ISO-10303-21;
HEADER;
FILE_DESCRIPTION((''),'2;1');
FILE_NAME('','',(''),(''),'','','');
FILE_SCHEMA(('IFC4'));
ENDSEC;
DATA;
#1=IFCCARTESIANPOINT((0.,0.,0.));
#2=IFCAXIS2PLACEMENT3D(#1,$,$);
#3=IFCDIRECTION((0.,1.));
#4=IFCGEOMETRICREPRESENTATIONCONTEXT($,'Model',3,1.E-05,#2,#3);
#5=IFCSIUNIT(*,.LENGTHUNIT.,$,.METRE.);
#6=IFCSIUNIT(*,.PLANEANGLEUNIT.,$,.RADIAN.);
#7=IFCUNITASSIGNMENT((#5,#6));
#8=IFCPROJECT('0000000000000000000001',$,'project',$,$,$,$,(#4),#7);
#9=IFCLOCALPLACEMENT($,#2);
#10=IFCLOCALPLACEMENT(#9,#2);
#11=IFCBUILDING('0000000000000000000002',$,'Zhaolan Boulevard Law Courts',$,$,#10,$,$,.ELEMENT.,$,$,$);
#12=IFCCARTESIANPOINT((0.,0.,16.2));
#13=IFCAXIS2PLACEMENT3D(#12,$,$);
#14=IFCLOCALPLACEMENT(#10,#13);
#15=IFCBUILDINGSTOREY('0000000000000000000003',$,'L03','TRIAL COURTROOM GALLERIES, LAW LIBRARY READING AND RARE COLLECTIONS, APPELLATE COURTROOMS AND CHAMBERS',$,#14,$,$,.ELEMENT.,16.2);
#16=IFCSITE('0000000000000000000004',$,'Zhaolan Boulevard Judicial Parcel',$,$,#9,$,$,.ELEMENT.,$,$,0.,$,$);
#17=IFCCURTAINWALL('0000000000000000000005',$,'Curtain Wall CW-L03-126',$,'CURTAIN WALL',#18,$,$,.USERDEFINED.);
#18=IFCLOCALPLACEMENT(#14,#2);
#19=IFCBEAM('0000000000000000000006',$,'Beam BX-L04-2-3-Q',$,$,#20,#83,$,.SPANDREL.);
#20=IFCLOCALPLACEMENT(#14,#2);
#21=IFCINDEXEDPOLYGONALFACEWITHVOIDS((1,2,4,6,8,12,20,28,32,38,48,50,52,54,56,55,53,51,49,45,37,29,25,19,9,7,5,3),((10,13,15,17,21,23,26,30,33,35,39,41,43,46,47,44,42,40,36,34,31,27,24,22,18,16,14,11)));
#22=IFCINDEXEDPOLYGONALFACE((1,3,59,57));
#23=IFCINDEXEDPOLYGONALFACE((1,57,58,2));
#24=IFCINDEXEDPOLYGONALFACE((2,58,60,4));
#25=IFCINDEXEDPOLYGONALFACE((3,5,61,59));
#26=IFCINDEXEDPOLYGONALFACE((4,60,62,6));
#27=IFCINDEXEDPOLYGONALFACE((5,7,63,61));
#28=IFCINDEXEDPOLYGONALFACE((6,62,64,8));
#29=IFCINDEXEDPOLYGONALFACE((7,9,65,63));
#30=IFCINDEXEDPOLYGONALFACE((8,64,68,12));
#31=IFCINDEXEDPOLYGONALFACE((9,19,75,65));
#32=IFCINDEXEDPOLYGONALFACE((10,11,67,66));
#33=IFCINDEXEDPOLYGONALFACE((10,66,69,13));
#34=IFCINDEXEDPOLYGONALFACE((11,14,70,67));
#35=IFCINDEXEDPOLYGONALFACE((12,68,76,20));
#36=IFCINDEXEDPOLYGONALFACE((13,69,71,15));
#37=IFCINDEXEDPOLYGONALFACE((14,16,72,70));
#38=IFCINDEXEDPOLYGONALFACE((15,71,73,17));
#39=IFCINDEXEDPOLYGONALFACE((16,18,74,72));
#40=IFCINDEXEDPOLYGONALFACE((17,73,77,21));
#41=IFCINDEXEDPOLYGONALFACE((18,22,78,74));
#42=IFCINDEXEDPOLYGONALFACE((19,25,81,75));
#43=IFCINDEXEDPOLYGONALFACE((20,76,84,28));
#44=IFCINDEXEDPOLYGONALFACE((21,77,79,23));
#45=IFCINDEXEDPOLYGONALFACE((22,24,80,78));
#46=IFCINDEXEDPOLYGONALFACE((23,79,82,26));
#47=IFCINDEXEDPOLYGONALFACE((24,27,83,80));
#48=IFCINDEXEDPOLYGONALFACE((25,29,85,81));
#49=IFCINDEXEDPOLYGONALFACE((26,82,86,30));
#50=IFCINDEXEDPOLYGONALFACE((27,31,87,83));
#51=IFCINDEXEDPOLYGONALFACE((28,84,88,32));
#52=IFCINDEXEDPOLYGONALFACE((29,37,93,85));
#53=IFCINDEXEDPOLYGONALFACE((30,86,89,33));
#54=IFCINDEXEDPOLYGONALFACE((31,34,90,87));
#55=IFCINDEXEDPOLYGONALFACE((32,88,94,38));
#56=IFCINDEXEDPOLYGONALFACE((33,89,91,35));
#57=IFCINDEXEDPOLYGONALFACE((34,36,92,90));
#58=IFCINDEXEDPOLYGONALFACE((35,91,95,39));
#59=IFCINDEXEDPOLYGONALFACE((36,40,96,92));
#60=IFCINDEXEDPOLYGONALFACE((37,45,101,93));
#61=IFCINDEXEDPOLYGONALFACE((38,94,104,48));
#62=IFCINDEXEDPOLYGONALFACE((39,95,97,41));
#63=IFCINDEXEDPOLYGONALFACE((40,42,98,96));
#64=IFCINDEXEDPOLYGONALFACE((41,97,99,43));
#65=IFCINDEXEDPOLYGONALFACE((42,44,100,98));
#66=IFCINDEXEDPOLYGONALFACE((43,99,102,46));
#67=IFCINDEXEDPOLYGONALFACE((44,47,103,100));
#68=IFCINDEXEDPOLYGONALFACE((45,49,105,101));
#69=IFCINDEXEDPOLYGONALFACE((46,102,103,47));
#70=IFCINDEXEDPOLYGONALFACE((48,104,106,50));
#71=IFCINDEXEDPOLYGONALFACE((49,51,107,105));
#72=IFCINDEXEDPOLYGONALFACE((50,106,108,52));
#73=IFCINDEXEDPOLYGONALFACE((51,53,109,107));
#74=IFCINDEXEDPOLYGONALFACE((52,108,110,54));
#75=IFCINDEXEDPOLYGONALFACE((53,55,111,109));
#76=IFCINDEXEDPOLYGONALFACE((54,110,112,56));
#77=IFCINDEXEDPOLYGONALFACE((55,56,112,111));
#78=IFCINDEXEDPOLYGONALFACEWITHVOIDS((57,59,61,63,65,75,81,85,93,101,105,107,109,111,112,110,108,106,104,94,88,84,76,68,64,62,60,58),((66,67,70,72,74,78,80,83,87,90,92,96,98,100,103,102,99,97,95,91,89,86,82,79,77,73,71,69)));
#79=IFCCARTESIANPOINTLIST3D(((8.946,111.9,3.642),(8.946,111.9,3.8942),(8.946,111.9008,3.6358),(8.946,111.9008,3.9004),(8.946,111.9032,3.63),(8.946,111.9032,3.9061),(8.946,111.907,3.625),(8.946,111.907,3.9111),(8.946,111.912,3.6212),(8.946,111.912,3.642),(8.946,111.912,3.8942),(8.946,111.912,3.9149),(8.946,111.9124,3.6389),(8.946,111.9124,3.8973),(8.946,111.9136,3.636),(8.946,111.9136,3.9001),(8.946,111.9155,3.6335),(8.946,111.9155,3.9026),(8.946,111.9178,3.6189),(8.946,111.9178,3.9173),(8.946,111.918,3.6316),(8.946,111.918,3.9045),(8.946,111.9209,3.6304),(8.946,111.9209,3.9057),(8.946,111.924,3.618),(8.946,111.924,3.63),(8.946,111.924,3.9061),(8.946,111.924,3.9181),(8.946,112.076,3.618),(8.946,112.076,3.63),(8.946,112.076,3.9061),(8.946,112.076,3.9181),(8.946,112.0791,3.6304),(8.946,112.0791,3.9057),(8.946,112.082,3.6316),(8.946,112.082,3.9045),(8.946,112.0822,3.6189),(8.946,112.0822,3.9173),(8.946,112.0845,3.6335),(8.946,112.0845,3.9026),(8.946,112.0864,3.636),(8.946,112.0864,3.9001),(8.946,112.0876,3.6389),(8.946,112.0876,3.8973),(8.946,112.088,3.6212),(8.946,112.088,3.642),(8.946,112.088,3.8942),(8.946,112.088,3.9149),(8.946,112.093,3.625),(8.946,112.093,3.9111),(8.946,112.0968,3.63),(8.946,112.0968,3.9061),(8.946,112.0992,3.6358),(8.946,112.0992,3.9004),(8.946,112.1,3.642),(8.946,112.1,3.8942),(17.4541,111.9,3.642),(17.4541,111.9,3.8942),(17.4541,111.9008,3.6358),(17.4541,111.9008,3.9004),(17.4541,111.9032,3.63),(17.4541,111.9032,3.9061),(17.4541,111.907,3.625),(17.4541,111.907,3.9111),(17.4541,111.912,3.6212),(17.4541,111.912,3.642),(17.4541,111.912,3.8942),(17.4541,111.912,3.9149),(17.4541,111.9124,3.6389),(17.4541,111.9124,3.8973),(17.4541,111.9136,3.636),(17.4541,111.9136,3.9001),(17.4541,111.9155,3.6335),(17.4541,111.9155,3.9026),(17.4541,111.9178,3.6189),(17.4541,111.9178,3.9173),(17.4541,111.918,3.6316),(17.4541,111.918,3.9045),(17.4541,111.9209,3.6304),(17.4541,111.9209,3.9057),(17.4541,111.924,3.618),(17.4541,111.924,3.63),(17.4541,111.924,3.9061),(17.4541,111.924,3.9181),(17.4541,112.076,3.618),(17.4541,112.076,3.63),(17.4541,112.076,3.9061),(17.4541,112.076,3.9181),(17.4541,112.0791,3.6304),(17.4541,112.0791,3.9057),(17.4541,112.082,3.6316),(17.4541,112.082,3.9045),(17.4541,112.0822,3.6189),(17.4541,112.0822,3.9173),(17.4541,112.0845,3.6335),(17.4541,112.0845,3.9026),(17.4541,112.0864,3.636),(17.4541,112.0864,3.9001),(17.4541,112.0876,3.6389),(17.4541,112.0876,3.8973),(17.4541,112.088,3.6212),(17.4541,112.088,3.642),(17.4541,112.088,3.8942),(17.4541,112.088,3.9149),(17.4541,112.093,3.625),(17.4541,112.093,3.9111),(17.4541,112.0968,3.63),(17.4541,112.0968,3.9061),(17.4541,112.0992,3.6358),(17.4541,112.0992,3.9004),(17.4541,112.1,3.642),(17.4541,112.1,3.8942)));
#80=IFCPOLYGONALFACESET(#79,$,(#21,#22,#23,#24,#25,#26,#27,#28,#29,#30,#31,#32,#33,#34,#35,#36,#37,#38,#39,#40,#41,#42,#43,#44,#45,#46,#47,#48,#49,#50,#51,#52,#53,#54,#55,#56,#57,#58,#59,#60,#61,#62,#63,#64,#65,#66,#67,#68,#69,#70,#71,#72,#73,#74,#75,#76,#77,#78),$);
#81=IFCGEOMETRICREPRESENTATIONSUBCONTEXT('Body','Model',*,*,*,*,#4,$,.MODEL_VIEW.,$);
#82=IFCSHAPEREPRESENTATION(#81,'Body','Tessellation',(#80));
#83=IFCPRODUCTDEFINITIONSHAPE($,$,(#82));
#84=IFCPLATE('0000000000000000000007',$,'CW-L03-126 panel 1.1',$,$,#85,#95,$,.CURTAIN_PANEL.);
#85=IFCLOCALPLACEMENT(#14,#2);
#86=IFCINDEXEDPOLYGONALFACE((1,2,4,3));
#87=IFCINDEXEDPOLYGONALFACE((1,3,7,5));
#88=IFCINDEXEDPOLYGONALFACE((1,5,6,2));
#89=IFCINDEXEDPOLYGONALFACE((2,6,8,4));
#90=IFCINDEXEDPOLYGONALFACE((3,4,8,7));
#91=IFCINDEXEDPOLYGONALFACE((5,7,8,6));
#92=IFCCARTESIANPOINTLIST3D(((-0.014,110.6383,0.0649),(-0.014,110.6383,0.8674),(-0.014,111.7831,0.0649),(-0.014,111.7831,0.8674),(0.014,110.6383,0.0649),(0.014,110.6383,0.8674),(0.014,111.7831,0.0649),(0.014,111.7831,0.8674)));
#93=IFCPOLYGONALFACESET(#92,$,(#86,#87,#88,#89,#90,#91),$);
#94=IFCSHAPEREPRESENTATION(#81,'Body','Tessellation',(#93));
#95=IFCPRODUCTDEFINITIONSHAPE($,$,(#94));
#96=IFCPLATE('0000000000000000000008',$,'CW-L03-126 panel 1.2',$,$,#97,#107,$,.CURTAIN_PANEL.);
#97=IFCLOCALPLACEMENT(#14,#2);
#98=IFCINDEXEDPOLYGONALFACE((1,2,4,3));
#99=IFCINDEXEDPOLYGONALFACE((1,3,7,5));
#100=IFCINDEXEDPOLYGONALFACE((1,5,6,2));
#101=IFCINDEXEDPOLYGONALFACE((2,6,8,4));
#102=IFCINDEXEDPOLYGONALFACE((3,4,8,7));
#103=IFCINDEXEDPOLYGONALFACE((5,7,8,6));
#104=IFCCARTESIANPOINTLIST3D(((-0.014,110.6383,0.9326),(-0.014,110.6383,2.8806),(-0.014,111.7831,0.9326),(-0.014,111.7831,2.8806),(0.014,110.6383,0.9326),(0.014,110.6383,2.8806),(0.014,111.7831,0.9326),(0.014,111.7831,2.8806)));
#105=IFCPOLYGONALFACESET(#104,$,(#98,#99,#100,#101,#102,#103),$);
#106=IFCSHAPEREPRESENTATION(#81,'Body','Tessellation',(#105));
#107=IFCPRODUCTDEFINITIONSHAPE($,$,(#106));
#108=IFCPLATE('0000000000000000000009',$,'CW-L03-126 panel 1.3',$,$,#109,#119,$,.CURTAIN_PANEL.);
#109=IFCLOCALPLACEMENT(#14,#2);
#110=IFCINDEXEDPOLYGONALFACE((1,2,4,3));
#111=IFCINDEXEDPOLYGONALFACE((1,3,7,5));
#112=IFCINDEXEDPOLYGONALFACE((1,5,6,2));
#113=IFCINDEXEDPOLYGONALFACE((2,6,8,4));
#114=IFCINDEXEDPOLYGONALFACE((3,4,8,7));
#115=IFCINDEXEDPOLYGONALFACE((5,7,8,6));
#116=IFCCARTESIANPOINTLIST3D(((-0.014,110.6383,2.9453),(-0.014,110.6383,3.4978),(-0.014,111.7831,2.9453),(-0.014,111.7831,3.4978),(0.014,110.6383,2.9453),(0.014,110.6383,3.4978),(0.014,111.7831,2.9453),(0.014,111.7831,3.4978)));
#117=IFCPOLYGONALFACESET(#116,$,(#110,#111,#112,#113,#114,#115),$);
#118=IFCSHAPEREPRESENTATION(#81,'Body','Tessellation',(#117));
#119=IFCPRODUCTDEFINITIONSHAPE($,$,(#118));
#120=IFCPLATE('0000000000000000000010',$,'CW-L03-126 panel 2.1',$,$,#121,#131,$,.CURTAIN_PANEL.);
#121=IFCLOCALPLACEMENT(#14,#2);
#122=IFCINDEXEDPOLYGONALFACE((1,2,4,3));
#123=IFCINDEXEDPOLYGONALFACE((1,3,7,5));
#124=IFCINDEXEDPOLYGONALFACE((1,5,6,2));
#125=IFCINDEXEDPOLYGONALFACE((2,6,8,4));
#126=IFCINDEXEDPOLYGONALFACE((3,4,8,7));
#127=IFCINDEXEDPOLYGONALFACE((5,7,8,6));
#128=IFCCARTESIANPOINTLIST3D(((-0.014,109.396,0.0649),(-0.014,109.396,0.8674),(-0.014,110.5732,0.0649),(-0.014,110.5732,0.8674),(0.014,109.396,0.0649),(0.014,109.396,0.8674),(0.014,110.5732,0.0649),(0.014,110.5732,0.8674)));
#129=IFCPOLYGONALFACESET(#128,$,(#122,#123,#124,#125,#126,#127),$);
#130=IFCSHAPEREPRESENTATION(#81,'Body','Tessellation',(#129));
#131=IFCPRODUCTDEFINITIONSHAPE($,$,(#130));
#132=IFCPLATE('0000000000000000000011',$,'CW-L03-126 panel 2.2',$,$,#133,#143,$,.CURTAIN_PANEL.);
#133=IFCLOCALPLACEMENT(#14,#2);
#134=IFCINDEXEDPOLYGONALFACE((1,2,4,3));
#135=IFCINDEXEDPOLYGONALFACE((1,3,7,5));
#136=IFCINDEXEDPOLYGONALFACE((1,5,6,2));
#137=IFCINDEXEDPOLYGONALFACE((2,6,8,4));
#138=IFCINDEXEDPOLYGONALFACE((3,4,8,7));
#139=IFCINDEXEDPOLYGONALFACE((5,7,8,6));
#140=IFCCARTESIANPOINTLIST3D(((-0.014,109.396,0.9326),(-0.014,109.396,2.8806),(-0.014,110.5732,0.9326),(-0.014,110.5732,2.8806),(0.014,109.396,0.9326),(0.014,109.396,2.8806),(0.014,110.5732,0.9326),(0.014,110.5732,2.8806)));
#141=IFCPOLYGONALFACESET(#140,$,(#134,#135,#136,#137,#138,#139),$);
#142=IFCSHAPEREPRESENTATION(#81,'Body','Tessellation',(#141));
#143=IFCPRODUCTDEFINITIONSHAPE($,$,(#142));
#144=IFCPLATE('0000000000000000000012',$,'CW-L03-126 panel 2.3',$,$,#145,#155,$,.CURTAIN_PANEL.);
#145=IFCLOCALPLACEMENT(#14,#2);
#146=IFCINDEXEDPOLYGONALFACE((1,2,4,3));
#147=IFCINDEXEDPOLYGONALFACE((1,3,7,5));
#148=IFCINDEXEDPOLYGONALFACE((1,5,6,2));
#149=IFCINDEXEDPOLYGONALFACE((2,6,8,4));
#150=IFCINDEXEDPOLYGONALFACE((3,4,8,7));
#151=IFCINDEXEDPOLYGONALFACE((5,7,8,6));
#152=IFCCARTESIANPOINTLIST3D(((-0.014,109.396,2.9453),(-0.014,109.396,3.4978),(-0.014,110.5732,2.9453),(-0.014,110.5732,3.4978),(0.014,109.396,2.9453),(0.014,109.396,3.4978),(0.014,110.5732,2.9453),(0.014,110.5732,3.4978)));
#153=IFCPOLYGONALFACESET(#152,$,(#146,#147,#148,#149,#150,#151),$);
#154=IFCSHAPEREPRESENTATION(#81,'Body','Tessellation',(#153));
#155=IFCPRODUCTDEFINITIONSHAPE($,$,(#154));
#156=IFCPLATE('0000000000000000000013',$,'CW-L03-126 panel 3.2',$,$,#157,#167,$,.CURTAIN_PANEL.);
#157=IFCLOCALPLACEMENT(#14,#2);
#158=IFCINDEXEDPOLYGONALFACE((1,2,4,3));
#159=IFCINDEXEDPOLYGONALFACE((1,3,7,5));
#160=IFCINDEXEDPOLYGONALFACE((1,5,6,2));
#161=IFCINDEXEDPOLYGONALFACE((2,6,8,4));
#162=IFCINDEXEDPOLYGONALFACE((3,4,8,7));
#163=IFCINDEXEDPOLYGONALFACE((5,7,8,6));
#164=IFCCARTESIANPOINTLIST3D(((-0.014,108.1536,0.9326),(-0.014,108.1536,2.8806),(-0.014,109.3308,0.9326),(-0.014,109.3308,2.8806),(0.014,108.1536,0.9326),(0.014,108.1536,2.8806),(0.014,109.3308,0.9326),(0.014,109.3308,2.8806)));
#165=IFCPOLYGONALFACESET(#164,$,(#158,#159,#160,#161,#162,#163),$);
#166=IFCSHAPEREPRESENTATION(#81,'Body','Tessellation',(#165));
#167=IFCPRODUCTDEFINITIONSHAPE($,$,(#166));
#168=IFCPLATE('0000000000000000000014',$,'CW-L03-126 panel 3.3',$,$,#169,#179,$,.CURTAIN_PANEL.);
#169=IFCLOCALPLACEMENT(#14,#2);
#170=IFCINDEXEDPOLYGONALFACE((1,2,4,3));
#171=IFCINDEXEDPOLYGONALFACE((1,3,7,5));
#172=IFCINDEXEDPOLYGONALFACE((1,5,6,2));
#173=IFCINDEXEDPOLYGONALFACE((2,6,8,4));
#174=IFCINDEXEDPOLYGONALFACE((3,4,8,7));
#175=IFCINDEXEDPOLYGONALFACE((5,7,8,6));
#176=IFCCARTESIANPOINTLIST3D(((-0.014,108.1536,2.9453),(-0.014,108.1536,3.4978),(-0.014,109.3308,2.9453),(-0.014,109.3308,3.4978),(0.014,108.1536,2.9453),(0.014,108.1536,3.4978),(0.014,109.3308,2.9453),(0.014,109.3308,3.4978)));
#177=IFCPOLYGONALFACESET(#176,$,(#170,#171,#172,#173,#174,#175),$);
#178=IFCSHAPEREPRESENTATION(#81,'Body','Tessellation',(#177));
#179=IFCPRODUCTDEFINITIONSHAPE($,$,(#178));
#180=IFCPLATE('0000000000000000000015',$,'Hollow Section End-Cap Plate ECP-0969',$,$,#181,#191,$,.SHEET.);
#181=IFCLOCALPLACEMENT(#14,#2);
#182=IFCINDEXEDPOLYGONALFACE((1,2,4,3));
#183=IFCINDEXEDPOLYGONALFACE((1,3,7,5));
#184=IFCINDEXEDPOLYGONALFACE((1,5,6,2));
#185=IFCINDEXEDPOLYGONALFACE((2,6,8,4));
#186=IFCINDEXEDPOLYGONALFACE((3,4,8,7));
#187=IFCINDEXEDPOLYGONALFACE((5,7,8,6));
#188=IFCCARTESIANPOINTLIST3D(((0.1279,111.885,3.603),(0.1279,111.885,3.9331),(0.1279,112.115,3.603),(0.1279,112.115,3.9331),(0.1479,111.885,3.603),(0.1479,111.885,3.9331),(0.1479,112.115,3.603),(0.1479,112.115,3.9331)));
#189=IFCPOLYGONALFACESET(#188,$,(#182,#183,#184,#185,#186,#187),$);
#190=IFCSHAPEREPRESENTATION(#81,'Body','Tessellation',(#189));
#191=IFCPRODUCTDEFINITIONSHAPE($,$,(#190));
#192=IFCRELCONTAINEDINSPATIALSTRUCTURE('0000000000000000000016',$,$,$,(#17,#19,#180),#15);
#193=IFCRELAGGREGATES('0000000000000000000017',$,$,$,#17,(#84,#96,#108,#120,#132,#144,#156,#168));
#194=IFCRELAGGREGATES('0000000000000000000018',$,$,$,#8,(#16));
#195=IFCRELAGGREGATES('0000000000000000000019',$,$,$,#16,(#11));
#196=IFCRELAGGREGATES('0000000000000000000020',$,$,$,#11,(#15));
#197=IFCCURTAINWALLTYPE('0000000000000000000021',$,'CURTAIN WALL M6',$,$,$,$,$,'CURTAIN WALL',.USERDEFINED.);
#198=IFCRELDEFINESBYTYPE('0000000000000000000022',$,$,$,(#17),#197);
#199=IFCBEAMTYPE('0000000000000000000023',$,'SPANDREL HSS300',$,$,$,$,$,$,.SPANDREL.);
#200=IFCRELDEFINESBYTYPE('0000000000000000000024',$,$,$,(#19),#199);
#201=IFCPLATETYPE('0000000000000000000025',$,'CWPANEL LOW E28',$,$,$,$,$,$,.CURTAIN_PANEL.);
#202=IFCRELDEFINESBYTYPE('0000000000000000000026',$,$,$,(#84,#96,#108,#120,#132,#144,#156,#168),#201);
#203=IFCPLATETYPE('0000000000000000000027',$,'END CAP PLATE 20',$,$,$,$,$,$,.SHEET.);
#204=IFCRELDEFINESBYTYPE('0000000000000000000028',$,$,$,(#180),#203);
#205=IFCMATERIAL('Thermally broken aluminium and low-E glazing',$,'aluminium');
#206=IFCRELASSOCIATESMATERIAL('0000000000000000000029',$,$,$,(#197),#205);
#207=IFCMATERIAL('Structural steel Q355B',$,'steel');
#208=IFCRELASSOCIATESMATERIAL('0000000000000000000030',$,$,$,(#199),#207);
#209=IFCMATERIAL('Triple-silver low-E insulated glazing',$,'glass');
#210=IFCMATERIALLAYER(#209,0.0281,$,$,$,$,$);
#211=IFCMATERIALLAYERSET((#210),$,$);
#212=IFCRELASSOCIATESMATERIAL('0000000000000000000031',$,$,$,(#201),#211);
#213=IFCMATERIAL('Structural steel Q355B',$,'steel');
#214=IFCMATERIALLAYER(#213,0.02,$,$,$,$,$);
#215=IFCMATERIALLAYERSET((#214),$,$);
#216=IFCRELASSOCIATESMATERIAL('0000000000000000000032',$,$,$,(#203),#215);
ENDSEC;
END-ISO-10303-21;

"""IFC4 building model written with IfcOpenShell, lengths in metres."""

from ifc_helpers import new_model, si_unit, direction, frame, origin, origin_2d, place, context, subcontext, project, spatial, rectangle, hollow_rectangle, extrude, material, layer, layer_set, material_profile, profile_set, type_object, element, aggregate, save


model = new_model("IFC4")

# Units and contexts
model_context = context("Model", 3, precision=1e-05, world=origin(), true_north=direction((0.0, 1.0)))
body_context = subcontext(model_context, "Body", "Model", "MODEL_VIEW")
ifc_project = project(units=[si_unit("LENGTHUNIT", "METRE"), si_unit("PLANEANGLEUNIT", "RADIAN")], contexts=[model_context])

# Site, building, storey
site_placement = place(None, origin())
site = spatial("IfcSite", under=ifc_project, at=site_placement, Name="Zhaolan Boulevard Judicial Parcel", CompositionType="ELEMENT", RefElevation=0.0)
building_placement = place(site_placement, origin())
building = spatial("IfcBuilding", under=site, at=building_placement, Name="Zhaolan Boulevard Law Courts", CompositionType="ELEMENT")
storey_placement = place(building_placement, frame((0.0, 0.0, 16.2)))
storey = spatial("IfcBuildingStorey", under=building, at=storey_placement, Name="L03", Description="TRIAL COURTROOM GALLERIES, LAW LIBRARY READING AND RARE COLLECTIONS, APPELLATE COURTROOMS AND CHAMBERS", CompositionType="ELEMENT", Elevation=16.2)

# Curtain wall
ifc_material_1 = material(Name="Thermally broken aluminium and low-E glazing", Category="aluminium")
curtain_wall_type = type_object("IfcCurtainWallType", Name="CURTAIN WALL M6", ElementType="CURTAIN WALL", PredefinedType="USERDEFINED", material=ifc_material_1)
curtain_wall_placement = place(storey_placement, origin())
curtain_wall = element("IfcCurtainWall", 1, at=curtain_wall_placement, inside=storey, type_object=curtain_wall_type, Name="Curtain Wall CW-L03-126", ObjectType="CURTAIN WALL", PredefinedType="USERDEFINED")

# Beam
ifc_material_2 = material(Name="Structural steel Q355B", Category="steel")
ifc_material_profile_1 = material_profile(ifc_material_2, hollow_rectangle(XDim=0.2, YDim=0.3, WallThickness=0.012, InnerFilletRadius=0.012, OuterFilletRadius=0.0239, at=origin_2d()), Name="HSS300x200x12")
ifc_profile_set_1 = profile_set([ifc_material_profile_1], Name="Structural steel Q355B")
beam_type = type_object("IfcBeamType", Name="SPANDREL HSS300", PredefinedType="SPANDREL", material=ifc_profile_set_1)
for number, where, z_axis, x_axis, name in (
    (2, (8.946, 112.0, 3.7681), (1.0, 0.0, 0.0), (0.0, 1.0, 0.0), "Beam BX-L04-2-3-Q"),
):
    element("IfcBeam", number, at=place(storey_placement, frame(where, z_axis=z_axis, x_axis=x_axis)), inside=storey, type_object=beam_type, Name=name, PredefinedType="SPANDREL", context=body_context, shape_type="SweptSolid", body=[
        extrude(hollow_rectangle(XDim=0.2, YDim=0.3, WallThickness=0.012, InnerFilletRadius=0.012, OuterFilletRadius=0.0239, at=origin_2d()), origin(), (0.0, 0.0, 1.0), 8.5081),
    ])

# Plates
ifc_material_3 = material(Name="Triple-silver low-E insulated glazing", Category="glass")
ifc_layer_1 = layer(ifc_material_3, 0.0281)
ifc_layer_set_1 = layer_set([ifc_layer_1])
plate_type_1 = type_object("IfcPlateType", Name="CWPANEL LOW E28", PredefinedType="CURTAIN_PANEL", material=ifc_layer_set_1)
plate_1_placement = place(storey_placement, frame((0.0, 111.2107, 0.0649), z_axis=(0.0, 0.0, 1.0), x_axis=(0.0, -1.0, 0.0)))
plate_1 = element("IfcPlate", 3, at=plate_1_placement, type_object=plate_type_1, Name="CW-L03-126 panel 1.1", PredefinedType="CURTAIN_PANEL", context=body_context, shape_type="SweptSolid", body=[
    extrude(rectangle(XDim=1.1448, YDim=0.0281, at=origin_2d()), origin(), (0.0, 0.0, 1.0), 0.8025),
])
plate_2_placement = place(storey_placement, frame((0.0, 111.2107, 0.9326), z_axis=(0.0, 0.0, 1.0), x_axis=(0.0, -1.0, 0.0)))
plate_2 = element("IfcPlate", 4, at=plate_2_placement, type_object=plate_type_1, Name="CW-L03-126 panel 1.2", PredefinedType="CURTAIN_PANEL", context=body_context, shape_type="SweptSolid", body=[
    extrude(rectangle(XDim=1.1448, YDim=0.0281, at=origin_2d()), origin(), (0.0, 0.0, 1.0), 1.948),
])
plate_3_placement = place(storey_placement, frame((0.0, 111.2107, 2.9453), z_axis=(0.0, 0.0, 1.0), x_axis=(0.0, -1.0, 0.0)))
plate_3 = element("IfcPlate", 5, at=plate_3_placement, type_object=plate_type_1, Name="CW-L03-126 panel 1.3", PredefinedType="CURTAIN_PANEL", context=body_context, shape_type="SweptSolid", body=[
    extrude(rectangle(XDim=1.1448, YDim=0.0281, at=origin_2d()), origin(), (0.0, 0.0, 1.0), 0.5525),
])
plate_4_placement = place(storey_placement, frame((0.0, 109.9846, 0.0649), z_axis=(0.0, 0.0, 1.0), x_axis=(0.0, -1.0, 0.0)))
plate_4 = element("IfcPlate", 6, at=plate_4_placement, type_object=plate_type_1, Name="CW-L03-126 panel 2.1", PredefinedType="CURTAIN_PANEL", context=body_context, shape_type="SweptSolid", body=[
    extrude(rectangle(XDim=1.1772, YDim=0.0281, at=origin_2d()), origin(), (0.0, 0.0, 1.0), 0.8025),
])
plate_5_placement = place(storey_placement, frame((0.0, 109.9846, 0.9326), z_axis=(0.0, 0.0, 1.0), x_axis=(0.0, -1.0, 0.0)))
plate_5 = element("IfcPlate", 7, at=plate_5_placement, type_object=plate_type_1, Name="CW-L03-126 panel 2.2", PredefinedType="CURTAIN_PANEL", context=body_context, shape_type="SweptSolid", body=[
    extrude(rectangle(XDim=1.1772, YDim=0.0281, at=origin_2d()), origin(), (0.0, 0.0, 1.0), 1.948),
])
plate_6_placement = place(storey_placement, frame((0.0, 109.9846, 2.9453), z_axis=(0.0, 0.0, 1.0), x_axis=(0.0, -1.0, 0.0)))
plate_6 = element("IfcPlate", 8, at=plate_6_placement, type_object=plate_type_1, Name="CW-L03-126 panel 2.3", PredefinedType="CURTAIN_PANEL", context=body_context, shape_type="SweptSolid", body=[
    extrude(rectangle(XDim=1.1772, YDim=0.0281, at=origin_2d()), origin(), (0.0, 0.0, 1.0), 0.5525),
])
plate_7_placement = place(storey_placement, frame((0.0, 108.7422, 0.9326), z_axis=(0.0, 0.0, 1.0), x_axis=(0.0, -1.0, 0.0)))
plate_7 = element("IfcPlate", 9, at=plate_7_placement, type_object=plate_type_1, Name="CW-L03-126 panel 3.2", PredefinedType="CURTAIN_PANEL", context=body_context, shape_type="SweptSolid", body=[
    extrude(rectangle(XDim=1.1772, YDim=0.0281, at=origin_2d()), origin(), (0.0, 0.0, 1.0), 1.948),
])
plate_8_placement = place(storey_placement, frame((0.0, 108.7422, 2.9453), z_axis=(0.0, 0.0, 1.0), x_axis=(0.0, -1.0, 0.0)))
plate_8 = element("IfcPlate", 10, at=plate_8_placement, type_object=plate_type_1, Name="CW-L03-126 panel 3.3", PredefinedType="CURTAIN_PANEL", context=body_context, shape_type="SweptSolid", body=[
    extrude(rectangle(XDim=1.1772, YDim=0.0281, at=origin_2d()), origin(), (0.0, 0.0, 1.0), 0.5525),
])
aggregate(curtain_wall, [plate_1, plate_2, plate_3, plate_4, plate_5, plate_6, plate_7, plate_8])

# Plate
ifc_material_4 = material(Name="Structural steel Q355B", Category="steel")
ifc_layer_2 = layer(ifc_material_4, 0.02)
ifc_layer_set_2 = layer_set([ifc_layer_2])
plate_type_2 = type_object("IfcPlateType", Name="END CAP PLATE 20", PredefinedType="SHEET", material=ifc_layer_set_2)
for number, where, z_axis, x_axis, name in (
    (11, (0.1379, 112.0, 3.603), (0.0, 0.0, 1.0), (1.0, 0.0, 0.0), "Hollow Section End-Cap Plate ECP-0969"),
):
    element("IfcPlate", number, at=place(storey_placement, frame(where, z_axis=z_axis, x_axis=x_axis)), inside=storey, type_object=plate_type_2, Name=name, PredefinedType="SHEET", context=body_context, shape_type="SweptSolid", body=[
        extrude(rectangle(XDim=0.02, YDim=0.23, at=origin_2d()), origin(), (0.0, 0.0, 1.0), 0.3301),
    ])

save(model, "model.ifc")
